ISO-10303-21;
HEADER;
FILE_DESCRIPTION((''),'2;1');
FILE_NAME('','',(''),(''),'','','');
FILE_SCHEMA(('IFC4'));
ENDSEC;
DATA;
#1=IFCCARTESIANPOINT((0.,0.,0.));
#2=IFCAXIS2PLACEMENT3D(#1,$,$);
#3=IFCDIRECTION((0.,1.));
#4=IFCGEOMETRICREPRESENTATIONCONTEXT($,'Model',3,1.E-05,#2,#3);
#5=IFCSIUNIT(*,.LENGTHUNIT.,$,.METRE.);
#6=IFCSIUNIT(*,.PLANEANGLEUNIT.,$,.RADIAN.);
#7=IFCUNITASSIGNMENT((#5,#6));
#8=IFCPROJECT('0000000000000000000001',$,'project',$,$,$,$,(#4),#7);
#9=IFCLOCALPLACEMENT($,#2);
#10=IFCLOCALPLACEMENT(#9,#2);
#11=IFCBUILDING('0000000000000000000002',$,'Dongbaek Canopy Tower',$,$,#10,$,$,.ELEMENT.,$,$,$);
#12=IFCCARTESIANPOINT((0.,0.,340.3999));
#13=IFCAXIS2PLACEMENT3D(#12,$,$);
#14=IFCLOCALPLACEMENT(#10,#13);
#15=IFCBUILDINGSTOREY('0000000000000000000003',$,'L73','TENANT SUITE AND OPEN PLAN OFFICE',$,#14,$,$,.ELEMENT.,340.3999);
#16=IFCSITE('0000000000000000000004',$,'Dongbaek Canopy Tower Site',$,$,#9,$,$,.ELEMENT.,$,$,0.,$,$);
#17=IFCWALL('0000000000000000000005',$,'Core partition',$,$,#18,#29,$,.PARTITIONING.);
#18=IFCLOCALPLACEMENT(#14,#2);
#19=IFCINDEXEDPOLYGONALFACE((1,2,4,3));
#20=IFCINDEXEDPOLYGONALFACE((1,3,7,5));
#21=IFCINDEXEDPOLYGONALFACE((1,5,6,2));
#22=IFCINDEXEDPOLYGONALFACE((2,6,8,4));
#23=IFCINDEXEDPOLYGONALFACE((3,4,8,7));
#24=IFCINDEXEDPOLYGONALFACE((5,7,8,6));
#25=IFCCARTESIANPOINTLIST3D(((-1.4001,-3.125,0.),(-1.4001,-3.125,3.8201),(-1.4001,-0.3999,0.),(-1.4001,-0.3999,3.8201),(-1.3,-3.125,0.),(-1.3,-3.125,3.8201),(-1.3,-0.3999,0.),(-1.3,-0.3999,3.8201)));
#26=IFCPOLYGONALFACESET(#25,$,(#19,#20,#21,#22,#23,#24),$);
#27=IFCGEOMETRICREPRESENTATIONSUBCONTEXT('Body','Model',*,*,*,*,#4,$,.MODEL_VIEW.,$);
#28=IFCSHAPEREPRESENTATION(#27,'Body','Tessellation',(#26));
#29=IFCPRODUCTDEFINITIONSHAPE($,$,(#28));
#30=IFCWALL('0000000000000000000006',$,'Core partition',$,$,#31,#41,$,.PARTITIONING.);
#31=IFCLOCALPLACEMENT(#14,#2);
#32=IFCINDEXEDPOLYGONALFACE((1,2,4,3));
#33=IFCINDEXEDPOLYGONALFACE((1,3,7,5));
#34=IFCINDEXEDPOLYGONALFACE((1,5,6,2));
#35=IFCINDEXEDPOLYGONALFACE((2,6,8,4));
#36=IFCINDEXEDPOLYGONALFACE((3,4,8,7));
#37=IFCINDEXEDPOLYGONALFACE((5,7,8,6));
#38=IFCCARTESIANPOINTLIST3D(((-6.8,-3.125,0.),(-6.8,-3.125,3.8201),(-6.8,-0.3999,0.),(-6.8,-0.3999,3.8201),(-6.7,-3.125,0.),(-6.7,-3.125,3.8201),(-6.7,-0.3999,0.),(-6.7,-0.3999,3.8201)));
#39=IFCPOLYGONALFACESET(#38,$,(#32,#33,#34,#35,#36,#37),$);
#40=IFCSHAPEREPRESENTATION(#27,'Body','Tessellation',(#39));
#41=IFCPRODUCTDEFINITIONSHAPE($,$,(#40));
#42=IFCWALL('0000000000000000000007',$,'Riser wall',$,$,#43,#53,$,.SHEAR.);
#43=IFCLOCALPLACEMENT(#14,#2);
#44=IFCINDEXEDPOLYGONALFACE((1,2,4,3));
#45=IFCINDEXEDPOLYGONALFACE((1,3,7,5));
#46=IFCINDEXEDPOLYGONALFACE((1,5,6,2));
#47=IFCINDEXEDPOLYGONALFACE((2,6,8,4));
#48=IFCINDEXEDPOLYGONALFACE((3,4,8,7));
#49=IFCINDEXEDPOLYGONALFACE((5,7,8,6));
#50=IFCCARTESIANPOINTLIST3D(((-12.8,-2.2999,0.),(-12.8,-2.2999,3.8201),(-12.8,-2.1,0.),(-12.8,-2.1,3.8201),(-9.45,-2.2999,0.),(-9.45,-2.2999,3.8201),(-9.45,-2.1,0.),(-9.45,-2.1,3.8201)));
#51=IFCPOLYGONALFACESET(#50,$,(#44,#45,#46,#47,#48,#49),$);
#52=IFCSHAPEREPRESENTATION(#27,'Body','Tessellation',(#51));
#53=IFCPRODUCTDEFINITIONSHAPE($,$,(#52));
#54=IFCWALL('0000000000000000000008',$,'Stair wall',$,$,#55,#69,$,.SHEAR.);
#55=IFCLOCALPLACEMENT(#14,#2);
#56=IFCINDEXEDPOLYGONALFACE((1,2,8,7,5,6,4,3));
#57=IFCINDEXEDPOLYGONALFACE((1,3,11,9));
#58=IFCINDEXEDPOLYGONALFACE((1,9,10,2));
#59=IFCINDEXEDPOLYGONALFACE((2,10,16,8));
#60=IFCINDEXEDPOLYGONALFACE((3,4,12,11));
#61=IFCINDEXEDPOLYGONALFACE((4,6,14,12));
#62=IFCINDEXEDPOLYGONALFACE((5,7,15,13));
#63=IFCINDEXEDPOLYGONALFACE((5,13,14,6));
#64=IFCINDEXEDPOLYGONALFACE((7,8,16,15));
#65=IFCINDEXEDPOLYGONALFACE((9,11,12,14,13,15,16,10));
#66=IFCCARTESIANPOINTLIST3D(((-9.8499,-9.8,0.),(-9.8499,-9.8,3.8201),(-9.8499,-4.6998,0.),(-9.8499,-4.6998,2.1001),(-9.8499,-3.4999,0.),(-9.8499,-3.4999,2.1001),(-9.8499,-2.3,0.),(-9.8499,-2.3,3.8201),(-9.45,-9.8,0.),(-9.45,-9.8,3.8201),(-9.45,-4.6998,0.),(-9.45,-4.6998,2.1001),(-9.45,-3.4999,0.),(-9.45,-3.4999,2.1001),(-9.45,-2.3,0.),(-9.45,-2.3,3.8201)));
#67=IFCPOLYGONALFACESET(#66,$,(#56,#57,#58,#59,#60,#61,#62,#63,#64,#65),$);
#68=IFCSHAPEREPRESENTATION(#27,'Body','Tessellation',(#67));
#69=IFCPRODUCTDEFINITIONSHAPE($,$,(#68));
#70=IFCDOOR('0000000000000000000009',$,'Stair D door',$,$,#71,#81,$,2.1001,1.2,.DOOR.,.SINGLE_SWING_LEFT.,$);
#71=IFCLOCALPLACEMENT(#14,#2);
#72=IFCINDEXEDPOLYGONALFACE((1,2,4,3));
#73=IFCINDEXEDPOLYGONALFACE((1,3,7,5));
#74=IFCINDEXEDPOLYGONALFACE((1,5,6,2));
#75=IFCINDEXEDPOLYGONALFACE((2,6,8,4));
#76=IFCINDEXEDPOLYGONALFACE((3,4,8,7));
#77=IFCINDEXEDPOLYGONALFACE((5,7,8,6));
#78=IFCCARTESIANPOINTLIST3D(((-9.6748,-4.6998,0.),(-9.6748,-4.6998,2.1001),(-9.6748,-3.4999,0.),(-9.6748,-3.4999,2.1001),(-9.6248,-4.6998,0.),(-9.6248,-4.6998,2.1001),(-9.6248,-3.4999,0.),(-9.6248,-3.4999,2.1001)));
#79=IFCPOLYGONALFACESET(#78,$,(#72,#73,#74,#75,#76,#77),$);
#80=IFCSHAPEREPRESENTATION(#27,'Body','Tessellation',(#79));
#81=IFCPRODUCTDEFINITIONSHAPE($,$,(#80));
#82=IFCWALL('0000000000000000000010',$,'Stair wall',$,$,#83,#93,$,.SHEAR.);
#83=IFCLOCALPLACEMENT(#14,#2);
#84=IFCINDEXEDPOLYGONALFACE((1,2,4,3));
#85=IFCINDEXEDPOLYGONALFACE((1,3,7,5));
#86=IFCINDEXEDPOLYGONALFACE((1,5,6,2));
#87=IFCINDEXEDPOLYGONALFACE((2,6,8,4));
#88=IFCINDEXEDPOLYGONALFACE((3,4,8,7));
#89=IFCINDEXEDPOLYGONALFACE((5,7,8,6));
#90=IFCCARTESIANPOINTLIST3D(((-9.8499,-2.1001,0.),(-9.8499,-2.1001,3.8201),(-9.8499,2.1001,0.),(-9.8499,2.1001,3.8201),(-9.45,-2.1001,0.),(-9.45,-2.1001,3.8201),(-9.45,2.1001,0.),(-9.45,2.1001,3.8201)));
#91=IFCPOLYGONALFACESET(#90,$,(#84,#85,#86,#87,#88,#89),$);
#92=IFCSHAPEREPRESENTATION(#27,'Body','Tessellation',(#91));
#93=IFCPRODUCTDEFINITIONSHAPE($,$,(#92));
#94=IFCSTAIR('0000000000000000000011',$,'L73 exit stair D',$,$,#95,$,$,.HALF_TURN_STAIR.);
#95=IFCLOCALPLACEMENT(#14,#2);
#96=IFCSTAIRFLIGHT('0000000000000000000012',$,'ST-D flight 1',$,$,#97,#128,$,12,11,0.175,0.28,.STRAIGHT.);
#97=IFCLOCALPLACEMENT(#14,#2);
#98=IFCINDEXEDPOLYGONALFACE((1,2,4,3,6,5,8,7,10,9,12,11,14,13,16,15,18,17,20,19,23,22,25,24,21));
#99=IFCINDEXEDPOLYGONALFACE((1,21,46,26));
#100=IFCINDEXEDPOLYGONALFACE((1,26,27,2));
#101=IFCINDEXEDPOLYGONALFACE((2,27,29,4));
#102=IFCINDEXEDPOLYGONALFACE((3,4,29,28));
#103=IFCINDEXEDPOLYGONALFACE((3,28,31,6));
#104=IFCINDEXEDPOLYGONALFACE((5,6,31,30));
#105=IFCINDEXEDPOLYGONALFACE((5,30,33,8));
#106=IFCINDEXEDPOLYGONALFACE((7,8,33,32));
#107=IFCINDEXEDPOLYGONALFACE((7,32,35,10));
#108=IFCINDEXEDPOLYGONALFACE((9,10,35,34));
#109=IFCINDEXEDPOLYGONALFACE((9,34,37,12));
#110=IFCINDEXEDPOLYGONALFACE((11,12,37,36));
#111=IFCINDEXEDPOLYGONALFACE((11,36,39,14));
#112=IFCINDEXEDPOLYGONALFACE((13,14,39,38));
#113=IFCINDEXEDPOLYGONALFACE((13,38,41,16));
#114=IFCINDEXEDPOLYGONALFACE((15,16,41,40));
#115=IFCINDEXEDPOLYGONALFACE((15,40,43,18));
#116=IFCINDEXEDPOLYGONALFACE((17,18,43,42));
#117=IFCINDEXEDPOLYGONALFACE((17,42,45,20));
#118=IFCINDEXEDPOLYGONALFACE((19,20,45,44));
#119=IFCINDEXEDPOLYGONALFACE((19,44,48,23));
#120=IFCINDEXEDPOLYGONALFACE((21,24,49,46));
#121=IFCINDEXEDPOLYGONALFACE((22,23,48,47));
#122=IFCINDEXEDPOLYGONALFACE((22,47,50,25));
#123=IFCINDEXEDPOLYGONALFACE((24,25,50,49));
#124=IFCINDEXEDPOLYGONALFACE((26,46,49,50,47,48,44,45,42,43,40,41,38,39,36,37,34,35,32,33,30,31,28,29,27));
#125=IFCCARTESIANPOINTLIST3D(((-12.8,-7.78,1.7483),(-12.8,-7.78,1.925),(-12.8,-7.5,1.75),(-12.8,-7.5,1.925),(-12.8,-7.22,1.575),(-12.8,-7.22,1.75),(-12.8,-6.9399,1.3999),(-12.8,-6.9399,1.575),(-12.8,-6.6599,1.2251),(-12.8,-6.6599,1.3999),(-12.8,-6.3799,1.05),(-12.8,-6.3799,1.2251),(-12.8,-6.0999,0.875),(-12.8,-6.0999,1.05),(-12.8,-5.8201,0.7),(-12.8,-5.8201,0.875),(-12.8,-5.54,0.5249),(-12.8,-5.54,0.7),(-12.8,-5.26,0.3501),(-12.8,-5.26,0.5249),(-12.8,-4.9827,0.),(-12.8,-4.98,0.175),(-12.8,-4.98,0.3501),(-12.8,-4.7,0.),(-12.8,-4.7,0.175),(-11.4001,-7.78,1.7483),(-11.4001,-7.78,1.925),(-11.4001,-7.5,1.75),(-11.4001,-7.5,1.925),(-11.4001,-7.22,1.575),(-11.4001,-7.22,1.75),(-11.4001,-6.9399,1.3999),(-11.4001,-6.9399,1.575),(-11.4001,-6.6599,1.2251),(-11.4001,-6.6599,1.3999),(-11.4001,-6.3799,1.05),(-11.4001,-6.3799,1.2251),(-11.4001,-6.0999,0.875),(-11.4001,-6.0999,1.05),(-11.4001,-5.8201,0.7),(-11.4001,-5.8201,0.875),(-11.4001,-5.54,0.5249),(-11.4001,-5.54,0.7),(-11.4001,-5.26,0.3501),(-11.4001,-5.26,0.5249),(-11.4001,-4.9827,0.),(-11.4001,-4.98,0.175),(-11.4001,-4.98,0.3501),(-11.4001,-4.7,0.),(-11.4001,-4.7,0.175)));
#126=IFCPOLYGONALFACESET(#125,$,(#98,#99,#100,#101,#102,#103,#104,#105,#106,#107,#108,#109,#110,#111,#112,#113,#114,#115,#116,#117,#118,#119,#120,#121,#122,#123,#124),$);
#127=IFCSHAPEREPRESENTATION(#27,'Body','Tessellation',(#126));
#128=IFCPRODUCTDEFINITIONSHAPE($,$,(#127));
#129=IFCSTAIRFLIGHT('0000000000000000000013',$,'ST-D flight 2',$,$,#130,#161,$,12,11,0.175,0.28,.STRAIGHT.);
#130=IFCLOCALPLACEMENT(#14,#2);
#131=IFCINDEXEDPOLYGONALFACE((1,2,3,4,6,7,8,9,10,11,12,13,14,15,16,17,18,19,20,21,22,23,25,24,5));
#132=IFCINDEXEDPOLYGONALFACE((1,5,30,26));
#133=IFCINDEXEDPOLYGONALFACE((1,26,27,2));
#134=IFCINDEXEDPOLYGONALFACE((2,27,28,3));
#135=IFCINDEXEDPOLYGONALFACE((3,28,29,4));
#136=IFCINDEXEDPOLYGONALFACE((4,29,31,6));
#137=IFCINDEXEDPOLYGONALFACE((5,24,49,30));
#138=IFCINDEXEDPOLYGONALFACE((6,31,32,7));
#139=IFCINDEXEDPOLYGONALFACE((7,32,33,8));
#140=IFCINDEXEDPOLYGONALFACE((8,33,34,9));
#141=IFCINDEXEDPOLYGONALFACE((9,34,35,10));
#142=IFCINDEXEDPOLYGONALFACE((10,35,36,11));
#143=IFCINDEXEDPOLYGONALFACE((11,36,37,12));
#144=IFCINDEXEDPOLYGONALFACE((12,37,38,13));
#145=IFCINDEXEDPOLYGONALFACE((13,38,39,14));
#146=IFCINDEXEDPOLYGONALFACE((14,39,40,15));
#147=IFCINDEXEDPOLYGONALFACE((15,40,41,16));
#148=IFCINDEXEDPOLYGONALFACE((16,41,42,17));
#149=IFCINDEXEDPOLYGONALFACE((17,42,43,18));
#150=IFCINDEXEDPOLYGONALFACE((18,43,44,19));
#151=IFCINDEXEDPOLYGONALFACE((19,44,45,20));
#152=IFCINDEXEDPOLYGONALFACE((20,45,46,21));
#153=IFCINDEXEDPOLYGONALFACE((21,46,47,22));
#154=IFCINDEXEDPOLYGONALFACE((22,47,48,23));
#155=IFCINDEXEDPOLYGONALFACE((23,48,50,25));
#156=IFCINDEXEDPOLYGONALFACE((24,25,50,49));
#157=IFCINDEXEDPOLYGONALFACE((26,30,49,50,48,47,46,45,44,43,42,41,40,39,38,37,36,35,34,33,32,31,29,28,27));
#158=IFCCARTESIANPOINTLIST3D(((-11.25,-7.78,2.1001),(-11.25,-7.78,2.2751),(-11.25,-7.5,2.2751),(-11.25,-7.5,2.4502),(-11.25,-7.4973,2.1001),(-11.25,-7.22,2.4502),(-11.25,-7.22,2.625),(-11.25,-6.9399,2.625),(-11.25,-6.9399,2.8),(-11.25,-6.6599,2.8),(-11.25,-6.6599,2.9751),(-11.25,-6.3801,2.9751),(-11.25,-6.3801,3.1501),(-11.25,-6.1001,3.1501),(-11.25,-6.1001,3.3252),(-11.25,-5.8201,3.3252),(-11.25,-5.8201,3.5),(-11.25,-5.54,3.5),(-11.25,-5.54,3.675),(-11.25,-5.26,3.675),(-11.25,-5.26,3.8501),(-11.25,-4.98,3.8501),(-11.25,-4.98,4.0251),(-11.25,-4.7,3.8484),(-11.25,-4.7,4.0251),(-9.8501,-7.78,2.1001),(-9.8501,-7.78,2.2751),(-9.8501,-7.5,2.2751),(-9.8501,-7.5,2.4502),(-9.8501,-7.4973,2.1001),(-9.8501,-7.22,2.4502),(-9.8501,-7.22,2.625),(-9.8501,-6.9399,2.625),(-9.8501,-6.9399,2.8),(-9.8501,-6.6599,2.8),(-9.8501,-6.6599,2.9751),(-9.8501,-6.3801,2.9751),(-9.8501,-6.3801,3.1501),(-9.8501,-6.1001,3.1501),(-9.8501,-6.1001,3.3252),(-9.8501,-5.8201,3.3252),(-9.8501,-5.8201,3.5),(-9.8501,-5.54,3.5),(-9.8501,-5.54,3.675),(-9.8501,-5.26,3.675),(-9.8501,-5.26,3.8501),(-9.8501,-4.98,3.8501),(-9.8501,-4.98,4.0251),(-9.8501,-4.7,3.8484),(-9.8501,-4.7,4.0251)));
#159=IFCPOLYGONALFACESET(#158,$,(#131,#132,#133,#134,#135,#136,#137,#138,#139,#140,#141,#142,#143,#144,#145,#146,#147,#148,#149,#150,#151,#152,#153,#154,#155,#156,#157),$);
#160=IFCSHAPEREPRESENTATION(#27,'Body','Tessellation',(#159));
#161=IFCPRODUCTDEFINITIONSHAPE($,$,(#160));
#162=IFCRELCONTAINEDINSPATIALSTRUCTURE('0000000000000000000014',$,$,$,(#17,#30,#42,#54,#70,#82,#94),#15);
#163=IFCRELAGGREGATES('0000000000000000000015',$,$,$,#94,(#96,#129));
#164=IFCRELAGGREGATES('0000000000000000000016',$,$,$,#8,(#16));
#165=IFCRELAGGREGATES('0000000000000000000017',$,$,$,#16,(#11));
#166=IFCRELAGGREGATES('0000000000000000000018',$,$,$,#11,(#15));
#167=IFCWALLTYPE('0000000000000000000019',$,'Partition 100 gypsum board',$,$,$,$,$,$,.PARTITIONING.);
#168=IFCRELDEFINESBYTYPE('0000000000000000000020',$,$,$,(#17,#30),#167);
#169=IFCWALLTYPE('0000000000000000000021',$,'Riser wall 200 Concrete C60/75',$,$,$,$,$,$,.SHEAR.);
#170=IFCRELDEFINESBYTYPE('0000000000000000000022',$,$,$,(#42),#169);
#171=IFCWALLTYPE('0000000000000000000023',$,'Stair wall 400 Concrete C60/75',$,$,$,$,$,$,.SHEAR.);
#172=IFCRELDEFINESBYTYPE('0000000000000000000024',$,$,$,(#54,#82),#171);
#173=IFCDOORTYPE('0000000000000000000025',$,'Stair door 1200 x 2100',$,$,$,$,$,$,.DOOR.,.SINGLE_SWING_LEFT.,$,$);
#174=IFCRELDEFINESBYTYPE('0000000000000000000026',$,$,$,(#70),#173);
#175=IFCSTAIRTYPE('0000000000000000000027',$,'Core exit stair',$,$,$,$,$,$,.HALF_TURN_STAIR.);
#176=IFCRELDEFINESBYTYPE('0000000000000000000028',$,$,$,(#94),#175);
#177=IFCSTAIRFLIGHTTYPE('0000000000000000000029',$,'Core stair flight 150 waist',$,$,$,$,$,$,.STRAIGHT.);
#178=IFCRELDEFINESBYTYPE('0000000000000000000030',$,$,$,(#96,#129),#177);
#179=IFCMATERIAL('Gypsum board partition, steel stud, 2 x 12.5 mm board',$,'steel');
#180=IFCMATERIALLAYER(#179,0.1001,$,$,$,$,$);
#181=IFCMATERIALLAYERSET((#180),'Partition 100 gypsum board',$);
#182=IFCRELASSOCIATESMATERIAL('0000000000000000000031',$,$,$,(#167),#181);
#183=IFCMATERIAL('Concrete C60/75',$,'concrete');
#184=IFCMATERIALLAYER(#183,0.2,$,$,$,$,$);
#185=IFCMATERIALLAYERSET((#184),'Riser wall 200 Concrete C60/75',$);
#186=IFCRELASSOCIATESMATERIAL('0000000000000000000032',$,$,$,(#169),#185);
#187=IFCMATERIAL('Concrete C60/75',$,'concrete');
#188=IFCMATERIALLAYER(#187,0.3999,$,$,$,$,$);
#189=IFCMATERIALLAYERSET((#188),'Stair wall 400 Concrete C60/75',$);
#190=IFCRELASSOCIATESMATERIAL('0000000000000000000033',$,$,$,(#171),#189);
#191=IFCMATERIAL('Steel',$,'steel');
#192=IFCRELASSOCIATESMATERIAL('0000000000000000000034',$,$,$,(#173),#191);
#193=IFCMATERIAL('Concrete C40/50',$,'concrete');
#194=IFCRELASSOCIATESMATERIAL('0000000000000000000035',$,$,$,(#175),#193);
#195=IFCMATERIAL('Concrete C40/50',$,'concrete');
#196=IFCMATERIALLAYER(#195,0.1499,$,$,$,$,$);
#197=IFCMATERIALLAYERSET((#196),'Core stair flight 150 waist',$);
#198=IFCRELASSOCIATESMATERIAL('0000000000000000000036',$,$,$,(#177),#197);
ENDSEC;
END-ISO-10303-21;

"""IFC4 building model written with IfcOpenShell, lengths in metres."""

from ifc_helpers import new_model, si_unit, direction, frame, frame_2d, origin, place, context, subcontext, project, spatial, polyline, rectangle, outline, extrude, material, layer, layer_set, type_object, element, fill, aggregate, save


model = new_model("IFC4")

# Units and contexts
model_context = context("Model", 3, precision=1e-05, world=origin(), true_north=direction((0.0, 1.0)))
body_context = subcontext(model_context, "Body", "Model", "MODEL_VIEW")
ifc_project = project(units=[si_unit("LENGTHUNIT", "METRE"), si_unit("PLANEANGLEUNIT", "RADIAN")], contexts=[model_context])

# Site, building, storey
site_placement = place(None, origin())
site = spatial("IfcSite", under=ifc_project, at=site_placement, Name="Dongbaek Canopy Tower Site", CompositionType="ELEMENT", RefElevation=0.0)
building_placement = place(site_placement, origin())
building = spatial("IfcBuilding", under=site, at=building_placement, Name="Dongbaek Canopy Tower", CompositionType="ELEMENT")
storey_placement = place(building_placement, frame((0.0, 0.0, 340.3999)))
storey = spatial("IfcBuildingStorey", under=building, at=storey_placement, Name="L73", Description="TENANT SUITE AND OPEN PLAN OFFICE", CompositionType="ELEMENT", Elevation=340.3999)

# Walls
ifc_material_1 = material(Name="Gypsum board partition, steel stud, 2 x 12.5 mm board", Category="steel")
ifc_layer_1 = layer(ifc_material_1, 0.1001)
ifc_layer_set_1 = layer_set([ifc_layer_1], Name="Partition 100 gypsum board")
wall_type_1 = type_object("IfcWallType", Name="Partition 100 gypsum board", PredefinedType="PARTITIONING", material=ifc_layer_set_1)
for number, where, z_axis, x_axis, name in (
    (1, (-1.3501, -3.125, 0.0), (0.0, 0.0, 1.0), (0.0, 1.0, 0.0), "Core partition"),
    (2, (-6.75, -3.125, 0.0), (0.0, 0.0, 1.0), (0.0, 1.0, 0.0), "Core partition"),
):
    element("IfcWall", number, at=place(storey_placement, frame(where, z_axis=z_axis, x_axis=x_axis)), inside=storey, type_object=wall_type_1, Name=name, PredefinedType="PARTITIONING", context=body_context, shape_type="SweptSolid", body=[
        extrude(rectangle(XDim=2.7251, YDim=0.1001, at=frame_2d((1.3625, 0.0))), origin(), (0.0, 0.0, 1.0), 3.8201),
    ])
ifc_material_2 = material(Name="Concrete C60/75", Category="concrete")
ifc_layer_2 = layer(ifc_material_2, 0.2)
ifc_layer_set_2 = layer_set([ifc_layer_2], Name="Riser wall 200 Concrete C60/75")
wall_type_2 = type_object("IfcWallType", Name="Riser wall 200 Concrete C60/75", PredefinedType="SHEAR", material=ifc_layer_set_2)
wall_1_placement = place(storey_placement, frame((-9.45, -2.2, 0.0), z_axis=(0.0, 0.0, 1.0), x_axis=(-1.0, 0.0, 0.0)))
element("IfcWall", 3, at=wall_1_placement, inside=storey, type_object=wall_type_2, Name="Riser wall", PredefinedType="SHEAR", context=body_context, shape_type="SweptSolid", body=[
    extrude(rectangle(XDim=3.3501, YDim=0.2, at=frame_2d((1.675, 0.0))), origin(), (0.0, 0.0, 1.0), 3.8201),
])

# Wall, opening, door
ifc_material_3 = material(Name="Concrete C60/75", Category="concrete")
ifc_layer_3 = layer(ifc_material_3, 0.3999)
ifc_layer_set_3 = layer_set([ifc_layer_3], Name="Stair wall 400 Concrete C60/75")
wall_type_3 = type_object("IfcWallType", Name="Stair wall 400 Concrete C60/75", PredefinedType="SHEAR", material=ifc_layer_set_3)
wall_2_placement = place(storey_placement, frame((-9.6499, -9.8, 0.0), z_axis=(0.0, 0.0, 1.0), x_axis=(0.0, 1.0, 0.0)))
wall_2 = element("IfcWall", 4, at=wall_2_placement, inside=storey, type_object=wall_type_3, Name="Stair wall", PredefinedType="SHEAR", context=body_context, shape_type="SweptSolid", body=[
    extrude(rectangle(XDim=7.5, YDim=0.3999, at=frame_2d((3.75, 0.0))), origin(), (0.0, 0.0, 1.0), 3.8201),
])
opening_1_placement = place(wall_2_placement, frame((5.1001, 0.0, 0.0)))
opening_1 = element("IfcOpeningElement", 5, at=opening_1_placement, cuts=wall_2, PredefinedType="OPENING", context=body_context, shape_type="SweptSolid", body=[
    extrude(rectangle(XDim=1.2, YDim=2.1001, at=frame_2d((0.6001, 1.05))), frame((0.0, 0.21, 0.0), z_axis=(0.0, -1.0, 0.0), x_axis=(1.0, 0.0, 0.0)), (0.0, 0.0, 1.0), 0.4199),
])
ifc_material_4 = material(Name="Steel", Category="steel")
door_type_1 = type_object("IfcDoorType", Name="Stair door 1200 x 2100", OperationType="SINGLE_SWING_LEFT", PredefinedType="DOOR", material=ifc_material_4)
door_1_placement = place(opening_1_placement, origin())
door_1 = element("IfcDoor", 6, at=door_1_placement, inside=storey, type_object=door_type_1, Name="Stair D door", OperationType="SINGLE_SWING_LEFT", OverallHeight=2.1001, OverallWidth=1.2, PredefinedType="DOOR", context=body_context, shape_type="SweptSolid", body=[
    extrude(rectangle(XDim=1.2, YDim=2.1001, at=frame_2d((0.6001, 1.05))), frame((0.0, 0.0249, 0.0), z_axis=(0.0, -1.0, 0.0), x_axis=(1.0, 0.0, 0.0)), (0.0, 0.0, 1.0), 0.05),
])
fill(opening_1, door_1)

# Wall
wall_3_placement = place(storey_placement, frame((-9.6499, -2.1001, 0.0), z_axis=(0.0, 0.0, 1.0), x_axis=(0.0, 1.0, 0.0)))
element("IfcWall", 7, at=wall_3_placement, inside=storey, type_object=wall_type_3, Name="Stair wall", PredefinedType="SHEAR", context=body_context, shape_type="SweptSolid", body=[
    extrude(rectangle(XDim=4.2002, YDim=0.3999, at=frame_2d((2.1001, 0.0))), origin(), (0.0, 0.0, 1.0), 3.8201),
])

# Stair, stair flights
ifc_material_5 = material(Name="Concrete C40/50", Category="concrete")
stair_type = type_object("IfcStairType", Name="Core exit stair", PredefinedType="HALF_TURN_STAIR", material=ifc_material_5)
stair_placement = place(storey_placement, origin())
stair = element("IfcStair", 8, at=stair_placement, inside=storey, type_object=stair_type, Name="L73 exit stair D", PredefinedType="HALF_TURN_STAIR")
ifc_material_6 = material(Name="Concrete C40/50", Category="concrete")
ifc_layer_4 = layer(ifc_material_6, 0.1499)
ifc_layer_set_4 = layer_set([ifc_layer_4], Name="Core stair flight 150 waist")
stair_flight_type = type_object("IfcStairFlightType", Name="Core stair flight 150 waist", PredefinedType="STRAIGHT", material=ifc_layer_set_4)
stair_flight_1_placement = place(storey_placement, frame((-12.1001, -4.7, 0.0), z_axis=(0.0, 0.0, 1.0), x_axis=(0.0, -1.0, 0.0)))
stair_flight_1 = element("IfcStairFlight", 9, at=stair_flight_1_placement, type_object=stair_flight_type, Name="ST-D flight 1", NumberOfRisers=12, NumberOfTreads=11, PredefinedType="STRAIGHT", RiserHeight=0.175, TreadLength=0.28, context=body_context, shape_type="SweptSolid", body=[
    extrude(outline(polyline([(0.0, 0.0), (0.0, 0.175), (0.28, 0.175), (0.28, 0.3501), (0.5601, 0.3501), (0.5601, 0.5249), (0.8401, 0.5249), (0.8401, 0.7), (1.1201, 0.7), (1.1201, 0.875), (1.3999, 0.875), (1.3999, 1.05), (1.6799, 1.05), (1.6799, 1.2251), (1.96, 1.2251), (1.96, 1.3999), (2.24, 1.3999), (2.24, 1.575), (2.52, 1.575), (2.52, 1.75), (2.8, 1.75), (2.8, 1.925), (3.0801, 1.925), (3.0801, 2.1001), (3.0801, 1.7483), (0.2827, 0.0), (0.0, 0.0)])), frame((0.0, 0.7, 0.0), z_axis=(0.0, -1.0, 0.0), x_axis=(1.0, 0.0, 0.0)), (0.0, 0.0, 1.0), 1.3999),
])
stair_flight_2_placement = place(storey_placement, frame((-10.55, -7.78, 2.1001), z_axis=(0.0, 0.0, 1.0), x_axis=(0.0, 1.0, 0.0)))
stair_flight_2 = element("IfcStairFlight", 10, at=stair_flight_2_placement, type_object=stair_flight_type, Name="ST-D flight 2", NumberOfRisers=12, NumberOfTreads=11, PredefinedType="STRAIGHT", RiserHeight=0.175, TreadLength=0.28, context=body_context, shape_type="SweptSolid", body=[
    extrude(outline(polyline([(0.0, 0.0), (0.0, 0.175), (0.28, 0.175), (0.28, 0.3501), (0.5601, 0.3501), (0.5601, 0.5249), (0.8401, 0.5249), (0.8401, 0.7), (1.1201, 0.7), (1.1201, 0.875), (1.3999, 0.875), (1.3999, 1.05), (1.6799, 1.05), (1.6799, 1.2251), (1.96, 1.2251), (1.96, 1.3999), (2.24, 1.3999), (2.24, 1.575), (2.52, 1.575), (2.52, 1.75), (2.8, 1.75), (2.8, 1.925), (3.0801, 1.925), (3.0801, 2.1001), (3.0801, 1.7483), (0.2827, 0.0), (0.0, 0.0)])), frame((0.0, 0.7, 0.0), z_axis=(0.0, -1.0, 0.0), x_axis=(1.0, 0.0, 0.0)), (0.0, 0.0, 1.0), 1.3999),
])
aggregate(stair, [stair_flight_1, stair_flight_2])

save(model, "model.ifc")
